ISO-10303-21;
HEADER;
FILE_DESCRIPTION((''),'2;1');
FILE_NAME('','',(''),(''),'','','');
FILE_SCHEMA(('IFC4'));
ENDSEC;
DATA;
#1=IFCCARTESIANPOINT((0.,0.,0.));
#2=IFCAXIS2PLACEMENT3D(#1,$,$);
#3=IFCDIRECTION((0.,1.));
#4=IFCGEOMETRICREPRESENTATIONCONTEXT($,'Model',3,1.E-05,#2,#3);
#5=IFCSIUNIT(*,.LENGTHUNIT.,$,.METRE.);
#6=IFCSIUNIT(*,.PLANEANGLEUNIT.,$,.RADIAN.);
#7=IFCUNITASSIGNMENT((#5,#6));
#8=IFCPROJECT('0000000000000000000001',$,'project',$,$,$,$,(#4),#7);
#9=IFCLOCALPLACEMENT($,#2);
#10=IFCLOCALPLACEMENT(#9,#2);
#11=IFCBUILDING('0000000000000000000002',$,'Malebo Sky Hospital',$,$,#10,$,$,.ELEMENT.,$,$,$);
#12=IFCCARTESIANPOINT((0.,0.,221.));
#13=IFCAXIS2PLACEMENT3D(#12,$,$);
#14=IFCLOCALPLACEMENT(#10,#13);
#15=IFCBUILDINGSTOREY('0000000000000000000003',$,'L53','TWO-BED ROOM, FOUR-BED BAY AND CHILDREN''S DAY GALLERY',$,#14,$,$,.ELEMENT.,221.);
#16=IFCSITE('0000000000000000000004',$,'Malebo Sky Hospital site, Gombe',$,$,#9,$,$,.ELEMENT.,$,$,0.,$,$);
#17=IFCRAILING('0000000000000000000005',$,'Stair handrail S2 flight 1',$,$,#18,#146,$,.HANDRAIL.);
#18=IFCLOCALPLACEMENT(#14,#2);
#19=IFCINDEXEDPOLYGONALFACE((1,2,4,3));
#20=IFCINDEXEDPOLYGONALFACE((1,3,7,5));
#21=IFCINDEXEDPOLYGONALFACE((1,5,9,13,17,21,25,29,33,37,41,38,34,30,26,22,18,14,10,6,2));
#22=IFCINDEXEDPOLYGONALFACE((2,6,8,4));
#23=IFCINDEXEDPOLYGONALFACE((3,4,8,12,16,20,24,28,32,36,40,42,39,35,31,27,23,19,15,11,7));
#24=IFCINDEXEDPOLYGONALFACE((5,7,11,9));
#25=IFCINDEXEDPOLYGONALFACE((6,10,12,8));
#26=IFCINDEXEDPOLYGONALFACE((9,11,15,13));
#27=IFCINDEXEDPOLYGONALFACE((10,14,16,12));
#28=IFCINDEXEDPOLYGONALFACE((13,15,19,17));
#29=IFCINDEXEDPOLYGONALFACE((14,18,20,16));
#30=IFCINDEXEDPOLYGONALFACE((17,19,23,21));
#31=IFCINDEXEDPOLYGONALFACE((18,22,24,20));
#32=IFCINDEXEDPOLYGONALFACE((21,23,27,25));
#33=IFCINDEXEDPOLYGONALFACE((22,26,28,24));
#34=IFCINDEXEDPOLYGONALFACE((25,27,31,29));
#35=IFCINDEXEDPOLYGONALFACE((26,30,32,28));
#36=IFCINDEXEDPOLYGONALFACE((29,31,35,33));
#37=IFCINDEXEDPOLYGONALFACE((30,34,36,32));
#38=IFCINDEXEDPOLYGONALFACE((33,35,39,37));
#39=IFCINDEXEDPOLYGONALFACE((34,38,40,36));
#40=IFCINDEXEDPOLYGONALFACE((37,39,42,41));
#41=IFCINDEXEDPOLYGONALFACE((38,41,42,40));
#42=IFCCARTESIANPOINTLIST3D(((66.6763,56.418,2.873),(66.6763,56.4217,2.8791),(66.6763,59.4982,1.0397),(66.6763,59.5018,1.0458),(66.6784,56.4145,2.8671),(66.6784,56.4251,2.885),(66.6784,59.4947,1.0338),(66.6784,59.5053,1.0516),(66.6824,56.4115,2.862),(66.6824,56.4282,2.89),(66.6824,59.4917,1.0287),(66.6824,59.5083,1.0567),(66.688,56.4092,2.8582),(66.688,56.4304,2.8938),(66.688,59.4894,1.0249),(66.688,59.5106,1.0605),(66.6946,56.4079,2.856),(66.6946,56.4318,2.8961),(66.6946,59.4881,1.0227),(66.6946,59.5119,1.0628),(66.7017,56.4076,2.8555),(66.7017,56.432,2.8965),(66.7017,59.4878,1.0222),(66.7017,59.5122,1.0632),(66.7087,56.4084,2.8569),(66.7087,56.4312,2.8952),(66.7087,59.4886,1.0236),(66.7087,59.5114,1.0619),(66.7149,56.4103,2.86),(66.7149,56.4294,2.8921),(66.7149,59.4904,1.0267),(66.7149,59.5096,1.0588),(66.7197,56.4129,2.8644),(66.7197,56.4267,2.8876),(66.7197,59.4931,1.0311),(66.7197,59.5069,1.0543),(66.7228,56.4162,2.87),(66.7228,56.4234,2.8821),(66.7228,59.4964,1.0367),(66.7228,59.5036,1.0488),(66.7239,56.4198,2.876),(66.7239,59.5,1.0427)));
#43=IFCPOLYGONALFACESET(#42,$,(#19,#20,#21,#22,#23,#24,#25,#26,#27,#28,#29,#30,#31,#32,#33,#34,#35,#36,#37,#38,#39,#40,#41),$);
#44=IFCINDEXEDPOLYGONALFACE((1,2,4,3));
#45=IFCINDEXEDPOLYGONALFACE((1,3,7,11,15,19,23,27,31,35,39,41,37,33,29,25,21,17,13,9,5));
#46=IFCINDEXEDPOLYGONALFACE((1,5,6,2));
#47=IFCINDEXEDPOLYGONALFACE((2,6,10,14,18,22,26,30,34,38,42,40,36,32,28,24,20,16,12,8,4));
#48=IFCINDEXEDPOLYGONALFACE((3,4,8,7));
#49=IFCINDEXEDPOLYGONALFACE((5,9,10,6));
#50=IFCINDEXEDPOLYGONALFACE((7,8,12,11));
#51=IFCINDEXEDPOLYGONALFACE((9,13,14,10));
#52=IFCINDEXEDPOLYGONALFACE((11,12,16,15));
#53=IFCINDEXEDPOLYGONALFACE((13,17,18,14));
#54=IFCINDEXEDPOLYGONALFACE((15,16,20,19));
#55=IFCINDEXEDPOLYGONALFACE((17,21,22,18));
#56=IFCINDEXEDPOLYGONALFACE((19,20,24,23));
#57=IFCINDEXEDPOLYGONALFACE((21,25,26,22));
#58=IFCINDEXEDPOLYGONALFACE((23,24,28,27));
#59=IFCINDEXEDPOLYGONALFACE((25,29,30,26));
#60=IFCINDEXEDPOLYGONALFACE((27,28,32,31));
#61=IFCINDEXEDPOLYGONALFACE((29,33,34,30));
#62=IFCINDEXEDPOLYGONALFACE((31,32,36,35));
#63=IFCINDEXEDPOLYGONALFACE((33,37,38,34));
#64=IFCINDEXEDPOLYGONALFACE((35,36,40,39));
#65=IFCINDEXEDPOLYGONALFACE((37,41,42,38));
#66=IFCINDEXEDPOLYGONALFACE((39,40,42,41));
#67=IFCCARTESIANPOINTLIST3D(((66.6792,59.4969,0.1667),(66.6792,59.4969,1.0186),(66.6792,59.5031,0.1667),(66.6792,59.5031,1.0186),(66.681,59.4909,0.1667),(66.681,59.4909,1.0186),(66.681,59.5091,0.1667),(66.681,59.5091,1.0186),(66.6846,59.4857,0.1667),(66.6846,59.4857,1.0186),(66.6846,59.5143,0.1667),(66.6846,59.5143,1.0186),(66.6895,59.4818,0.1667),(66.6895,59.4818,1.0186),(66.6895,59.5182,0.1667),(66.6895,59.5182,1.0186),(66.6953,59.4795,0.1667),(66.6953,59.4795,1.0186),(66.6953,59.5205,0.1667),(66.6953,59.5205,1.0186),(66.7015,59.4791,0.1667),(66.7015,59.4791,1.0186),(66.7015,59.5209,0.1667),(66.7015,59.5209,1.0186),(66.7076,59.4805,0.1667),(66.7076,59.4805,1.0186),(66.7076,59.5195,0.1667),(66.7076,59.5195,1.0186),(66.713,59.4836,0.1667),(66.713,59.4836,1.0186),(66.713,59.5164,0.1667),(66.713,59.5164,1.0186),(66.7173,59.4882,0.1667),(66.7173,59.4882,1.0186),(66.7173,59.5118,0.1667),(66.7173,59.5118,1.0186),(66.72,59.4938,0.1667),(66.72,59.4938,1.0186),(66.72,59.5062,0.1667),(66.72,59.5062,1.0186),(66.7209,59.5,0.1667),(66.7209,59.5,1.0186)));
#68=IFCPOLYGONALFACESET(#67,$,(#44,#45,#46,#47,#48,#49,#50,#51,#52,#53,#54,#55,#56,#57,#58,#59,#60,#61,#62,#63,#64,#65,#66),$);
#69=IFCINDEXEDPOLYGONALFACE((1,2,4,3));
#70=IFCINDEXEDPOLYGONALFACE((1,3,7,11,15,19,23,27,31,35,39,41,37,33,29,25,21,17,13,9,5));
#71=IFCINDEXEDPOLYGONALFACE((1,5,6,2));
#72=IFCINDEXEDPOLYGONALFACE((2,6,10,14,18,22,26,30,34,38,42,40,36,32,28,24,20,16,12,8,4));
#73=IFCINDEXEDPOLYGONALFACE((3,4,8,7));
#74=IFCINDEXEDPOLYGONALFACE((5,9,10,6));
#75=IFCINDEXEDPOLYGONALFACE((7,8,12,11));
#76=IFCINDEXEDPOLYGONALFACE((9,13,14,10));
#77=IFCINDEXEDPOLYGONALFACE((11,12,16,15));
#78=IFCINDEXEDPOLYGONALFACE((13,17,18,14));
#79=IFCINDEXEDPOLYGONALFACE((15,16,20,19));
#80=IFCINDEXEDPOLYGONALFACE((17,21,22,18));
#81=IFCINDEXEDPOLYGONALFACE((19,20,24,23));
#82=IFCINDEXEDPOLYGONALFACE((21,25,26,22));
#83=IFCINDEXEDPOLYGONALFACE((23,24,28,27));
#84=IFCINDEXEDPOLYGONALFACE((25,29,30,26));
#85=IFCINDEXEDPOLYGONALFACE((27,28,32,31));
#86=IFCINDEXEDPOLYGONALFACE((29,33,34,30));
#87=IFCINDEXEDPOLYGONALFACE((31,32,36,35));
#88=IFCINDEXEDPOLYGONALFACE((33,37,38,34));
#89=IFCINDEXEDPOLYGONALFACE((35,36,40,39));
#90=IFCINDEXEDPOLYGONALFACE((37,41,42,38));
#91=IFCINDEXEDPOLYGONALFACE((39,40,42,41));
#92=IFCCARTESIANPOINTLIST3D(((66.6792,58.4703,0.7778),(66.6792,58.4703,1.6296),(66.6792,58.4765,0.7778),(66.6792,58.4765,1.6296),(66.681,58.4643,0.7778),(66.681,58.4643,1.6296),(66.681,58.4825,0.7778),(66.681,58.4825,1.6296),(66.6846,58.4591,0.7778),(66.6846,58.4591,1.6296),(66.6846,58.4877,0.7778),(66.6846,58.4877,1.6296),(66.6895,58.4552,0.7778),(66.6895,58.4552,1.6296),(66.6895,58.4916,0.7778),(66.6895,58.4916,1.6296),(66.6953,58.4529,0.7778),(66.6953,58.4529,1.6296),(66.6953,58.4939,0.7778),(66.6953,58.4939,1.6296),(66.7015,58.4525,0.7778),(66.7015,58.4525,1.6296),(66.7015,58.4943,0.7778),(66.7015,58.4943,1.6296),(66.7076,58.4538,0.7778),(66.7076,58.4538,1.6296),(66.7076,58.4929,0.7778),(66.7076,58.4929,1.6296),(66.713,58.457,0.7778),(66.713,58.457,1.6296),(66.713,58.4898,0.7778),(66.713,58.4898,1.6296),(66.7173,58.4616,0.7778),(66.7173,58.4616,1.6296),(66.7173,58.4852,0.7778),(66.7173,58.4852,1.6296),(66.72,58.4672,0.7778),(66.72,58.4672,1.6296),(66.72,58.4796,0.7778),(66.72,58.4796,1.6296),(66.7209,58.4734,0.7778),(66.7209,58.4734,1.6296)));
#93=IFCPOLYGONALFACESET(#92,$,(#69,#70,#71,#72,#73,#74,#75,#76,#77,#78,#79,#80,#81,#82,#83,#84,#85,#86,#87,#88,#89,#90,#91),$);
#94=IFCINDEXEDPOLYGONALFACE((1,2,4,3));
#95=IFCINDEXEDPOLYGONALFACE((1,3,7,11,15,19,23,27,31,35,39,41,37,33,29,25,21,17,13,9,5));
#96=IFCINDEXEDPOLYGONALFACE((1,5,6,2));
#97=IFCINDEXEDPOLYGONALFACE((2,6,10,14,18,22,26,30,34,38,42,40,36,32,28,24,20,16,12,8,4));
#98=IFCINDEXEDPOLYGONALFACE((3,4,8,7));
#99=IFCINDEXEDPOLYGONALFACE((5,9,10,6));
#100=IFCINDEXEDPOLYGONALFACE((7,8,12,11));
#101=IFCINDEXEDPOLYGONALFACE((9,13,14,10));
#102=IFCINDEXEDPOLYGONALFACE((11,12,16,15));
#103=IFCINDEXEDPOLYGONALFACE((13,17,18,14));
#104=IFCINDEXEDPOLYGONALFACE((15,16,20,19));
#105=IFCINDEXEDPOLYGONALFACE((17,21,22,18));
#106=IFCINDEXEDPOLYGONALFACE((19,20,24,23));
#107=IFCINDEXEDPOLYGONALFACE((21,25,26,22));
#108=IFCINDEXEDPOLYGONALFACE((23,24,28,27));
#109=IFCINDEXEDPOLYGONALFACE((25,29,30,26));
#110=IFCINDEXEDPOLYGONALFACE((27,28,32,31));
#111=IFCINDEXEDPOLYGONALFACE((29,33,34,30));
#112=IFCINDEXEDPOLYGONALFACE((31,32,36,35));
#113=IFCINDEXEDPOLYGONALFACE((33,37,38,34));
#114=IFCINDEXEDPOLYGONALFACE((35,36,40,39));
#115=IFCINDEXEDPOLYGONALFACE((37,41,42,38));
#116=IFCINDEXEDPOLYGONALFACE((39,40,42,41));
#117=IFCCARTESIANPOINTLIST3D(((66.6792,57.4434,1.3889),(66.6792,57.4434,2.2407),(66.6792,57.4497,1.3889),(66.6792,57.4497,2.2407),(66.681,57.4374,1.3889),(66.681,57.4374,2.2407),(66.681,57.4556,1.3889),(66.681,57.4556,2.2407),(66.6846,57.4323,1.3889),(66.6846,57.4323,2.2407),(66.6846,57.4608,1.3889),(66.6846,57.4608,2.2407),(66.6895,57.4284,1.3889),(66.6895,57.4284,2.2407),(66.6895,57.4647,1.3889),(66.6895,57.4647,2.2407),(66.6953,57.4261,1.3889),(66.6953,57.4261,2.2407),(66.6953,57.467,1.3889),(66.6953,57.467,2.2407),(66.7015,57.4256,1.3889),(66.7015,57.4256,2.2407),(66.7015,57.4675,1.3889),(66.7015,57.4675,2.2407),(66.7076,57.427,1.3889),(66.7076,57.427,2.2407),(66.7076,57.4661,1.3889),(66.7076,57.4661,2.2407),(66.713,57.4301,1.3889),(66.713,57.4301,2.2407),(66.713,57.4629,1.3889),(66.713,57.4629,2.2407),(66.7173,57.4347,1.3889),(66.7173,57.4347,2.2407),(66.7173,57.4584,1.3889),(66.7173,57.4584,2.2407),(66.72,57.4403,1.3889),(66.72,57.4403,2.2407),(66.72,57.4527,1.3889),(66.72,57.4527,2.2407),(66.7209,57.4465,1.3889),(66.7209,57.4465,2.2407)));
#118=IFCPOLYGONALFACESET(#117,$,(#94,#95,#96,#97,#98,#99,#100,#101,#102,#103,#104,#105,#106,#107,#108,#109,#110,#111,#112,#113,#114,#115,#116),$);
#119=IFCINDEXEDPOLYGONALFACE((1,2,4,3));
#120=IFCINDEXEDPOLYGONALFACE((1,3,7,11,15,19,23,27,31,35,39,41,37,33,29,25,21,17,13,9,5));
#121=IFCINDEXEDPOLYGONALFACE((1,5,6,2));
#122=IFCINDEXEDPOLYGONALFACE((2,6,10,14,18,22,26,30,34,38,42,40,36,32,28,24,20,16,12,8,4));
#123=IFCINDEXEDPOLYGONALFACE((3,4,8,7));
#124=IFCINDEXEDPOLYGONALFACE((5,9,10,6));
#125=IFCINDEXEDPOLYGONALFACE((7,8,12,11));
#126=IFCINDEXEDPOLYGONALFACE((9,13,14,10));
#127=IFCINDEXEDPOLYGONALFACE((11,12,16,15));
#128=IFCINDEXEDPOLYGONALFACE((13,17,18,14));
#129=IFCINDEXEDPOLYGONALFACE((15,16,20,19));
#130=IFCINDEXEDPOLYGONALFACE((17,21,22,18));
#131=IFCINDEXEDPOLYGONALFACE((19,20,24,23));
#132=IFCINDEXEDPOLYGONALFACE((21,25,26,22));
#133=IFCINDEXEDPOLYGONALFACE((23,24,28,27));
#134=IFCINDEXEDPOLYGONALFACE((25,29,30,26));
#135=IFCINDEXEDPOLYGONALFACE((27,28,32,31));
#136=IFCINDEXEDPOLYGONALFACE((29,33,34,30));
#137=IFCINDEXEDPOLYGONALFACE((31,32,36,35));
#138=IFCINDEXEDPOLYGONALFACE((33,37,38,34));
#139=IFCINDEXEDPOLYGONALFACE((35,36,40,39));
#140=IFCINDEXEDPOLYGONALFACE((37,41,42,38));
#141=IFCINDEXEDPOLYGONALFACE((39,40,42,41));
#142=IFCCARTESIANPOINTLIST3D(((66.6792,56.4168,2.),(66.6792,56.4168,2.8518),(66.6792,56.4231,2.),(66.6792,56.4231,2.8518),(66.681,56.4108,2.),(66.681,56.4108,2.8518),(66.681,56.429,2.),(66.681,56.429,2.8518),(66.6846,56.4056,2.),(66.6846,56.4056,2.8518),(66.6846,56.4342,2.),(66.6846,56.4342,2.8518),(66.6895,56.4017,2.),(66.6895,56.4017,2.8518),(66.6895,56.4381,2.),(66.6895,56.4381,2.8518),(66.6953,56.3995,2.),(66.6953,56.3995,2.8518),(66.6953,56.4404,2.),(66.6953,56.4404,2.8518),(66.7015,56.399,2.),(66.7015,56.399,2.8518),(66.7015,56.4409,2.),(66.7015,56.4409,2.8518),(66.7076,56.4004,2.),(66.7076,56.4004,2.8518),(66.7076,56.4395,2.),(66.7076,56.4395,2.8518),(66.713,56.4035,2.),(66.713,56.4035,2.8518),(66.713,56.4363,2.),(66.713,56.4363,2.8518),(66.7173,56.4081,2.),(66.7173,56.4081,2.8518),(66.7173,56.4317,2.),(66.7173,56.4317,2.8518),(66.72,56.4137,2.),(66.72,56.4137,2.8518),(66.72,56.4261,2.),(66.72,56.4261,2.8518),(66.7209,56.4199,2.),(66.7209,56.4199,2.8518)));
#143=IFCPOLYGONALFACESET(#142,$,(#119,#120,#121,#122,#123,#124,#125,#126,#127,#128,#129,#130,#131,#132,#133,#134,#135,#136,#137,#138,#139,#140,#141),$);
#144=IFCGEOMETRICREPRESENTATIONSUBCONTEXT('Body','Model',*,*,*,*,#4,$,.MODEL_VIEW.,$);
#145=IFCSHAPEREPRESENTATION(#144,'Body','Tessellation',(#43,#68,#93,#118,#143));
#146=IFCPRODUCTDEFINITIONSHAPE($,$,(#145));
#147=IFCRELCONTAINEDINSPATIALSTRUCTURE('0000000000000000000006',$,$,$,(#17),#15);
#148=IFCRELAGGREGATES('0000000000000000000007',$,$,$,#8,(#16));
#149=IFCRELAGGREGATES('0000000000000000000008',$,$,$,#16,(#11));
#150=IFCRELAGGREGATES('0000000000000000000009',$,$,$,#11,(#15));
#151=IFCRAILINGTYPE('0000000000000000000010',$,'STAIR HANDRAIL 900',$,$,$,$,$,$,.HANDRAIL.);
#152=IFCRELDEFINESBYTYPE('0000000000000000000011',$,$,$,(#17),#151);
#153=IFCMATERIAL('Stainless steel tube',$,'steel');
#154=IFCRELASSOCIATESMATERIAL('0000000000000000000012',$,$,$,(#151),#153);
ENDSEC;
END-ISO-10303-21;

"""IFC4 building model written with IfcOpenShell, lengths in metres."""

from ifc_helpers import new_model, si_unit, direction, frame, origin, origin_2d, place, context, subcontext, project, spatial, circle, extrude, material, type_object, element, save


model = new_model("IFC4")

# Units and contexts
model_context = context("Model", 3, precision=1e-05, world=origin(), true_north=direction((0.0, 1.0)))
body_context = subcontext(model_context, "Body", "Model", "MODEL_VIEW")
ifc_project = project(units=[si_unit("LENGTHUNIT", "METRE"), si_unit("PLANEANGLEUNIT", "RADIAN")], contexts=[model_context])

# Site, building, storey
site_placement = place(None, origin())
site = spatial("IfcSite", under=ifc_project, at=site_placement, Name="Malebo Sky Hospital site, Gombe", CompositionType="ELEMENT", RefElevation=0.0)
building_placement = place(site_placement, origin())
building = spatial("IfcBuilding", under=site, at=building_placement, Name="Malebo Sky Hospital", CompositionType="ELEMENT")
storey_placement = place(building_placement, frame((0.0, 0.0, 221.0)))
storey = spatial("IfcBuildingStorey", under=building, at=storey_placement, Name="L53", Description="TWO-BED ROOM, FOUR-BED BAY AND CHILDREN'S DAY GALLERY", CompositionType="ELEMENT", Elevation=221.0)

# Railing
ifc_material_1 = material(Name="Stainless steel tube", Category="steel")
railing_type = type_object("IfcRailingType", Name="STAIR HANDRAIL 900", PredefinedType="HANDRAIL", material=ifc_material_1)
railing_1_placement = place(storey_placement, frame((66.7, 59.5, 0.1667)))
element("IfcRailing", 1, at=railing_1_placement, inside=storey, type_object=railing_type, Name="Stair handrail S2 flight 1", PredefinedType="HANDRAIL", context=body_context, shape_type="SweptSolid", body=[
    extrude(circle(Radius=0.0239, at=origin_2d()), frame((0.0, 0.0, 0.876), z_axis=(0.0, -0.859309, 0.511458), x_axis=(1.0, 0.0, 0.0)), (0.0, 0.0, 1.0), 3.5845),
    extrude(circle(Radius=0.021, at=origin_2d()), origin(), (0.0, 0.0, 1.0), 0.8518),
    extrude(circle(Radius=0.021, at=origin_2d()), frame((0.0, -1.0266, 0.6111)), (0.0, 0.0, 1.0), 0.8518),
    extrude(circle(Radius=0.021, at=origin_2d()), frame((0.0, -2.0535, 1.2222)), (0.0, 0.0, 1.0), 0.8518),
    extrude(circle(Radius=0.021, at=origin_2d()), frame((0.0, -3.0801, 1.8333)), (0.0, 0.0, 1.0), 0.8518),
])

save(model, "model.ifc")
